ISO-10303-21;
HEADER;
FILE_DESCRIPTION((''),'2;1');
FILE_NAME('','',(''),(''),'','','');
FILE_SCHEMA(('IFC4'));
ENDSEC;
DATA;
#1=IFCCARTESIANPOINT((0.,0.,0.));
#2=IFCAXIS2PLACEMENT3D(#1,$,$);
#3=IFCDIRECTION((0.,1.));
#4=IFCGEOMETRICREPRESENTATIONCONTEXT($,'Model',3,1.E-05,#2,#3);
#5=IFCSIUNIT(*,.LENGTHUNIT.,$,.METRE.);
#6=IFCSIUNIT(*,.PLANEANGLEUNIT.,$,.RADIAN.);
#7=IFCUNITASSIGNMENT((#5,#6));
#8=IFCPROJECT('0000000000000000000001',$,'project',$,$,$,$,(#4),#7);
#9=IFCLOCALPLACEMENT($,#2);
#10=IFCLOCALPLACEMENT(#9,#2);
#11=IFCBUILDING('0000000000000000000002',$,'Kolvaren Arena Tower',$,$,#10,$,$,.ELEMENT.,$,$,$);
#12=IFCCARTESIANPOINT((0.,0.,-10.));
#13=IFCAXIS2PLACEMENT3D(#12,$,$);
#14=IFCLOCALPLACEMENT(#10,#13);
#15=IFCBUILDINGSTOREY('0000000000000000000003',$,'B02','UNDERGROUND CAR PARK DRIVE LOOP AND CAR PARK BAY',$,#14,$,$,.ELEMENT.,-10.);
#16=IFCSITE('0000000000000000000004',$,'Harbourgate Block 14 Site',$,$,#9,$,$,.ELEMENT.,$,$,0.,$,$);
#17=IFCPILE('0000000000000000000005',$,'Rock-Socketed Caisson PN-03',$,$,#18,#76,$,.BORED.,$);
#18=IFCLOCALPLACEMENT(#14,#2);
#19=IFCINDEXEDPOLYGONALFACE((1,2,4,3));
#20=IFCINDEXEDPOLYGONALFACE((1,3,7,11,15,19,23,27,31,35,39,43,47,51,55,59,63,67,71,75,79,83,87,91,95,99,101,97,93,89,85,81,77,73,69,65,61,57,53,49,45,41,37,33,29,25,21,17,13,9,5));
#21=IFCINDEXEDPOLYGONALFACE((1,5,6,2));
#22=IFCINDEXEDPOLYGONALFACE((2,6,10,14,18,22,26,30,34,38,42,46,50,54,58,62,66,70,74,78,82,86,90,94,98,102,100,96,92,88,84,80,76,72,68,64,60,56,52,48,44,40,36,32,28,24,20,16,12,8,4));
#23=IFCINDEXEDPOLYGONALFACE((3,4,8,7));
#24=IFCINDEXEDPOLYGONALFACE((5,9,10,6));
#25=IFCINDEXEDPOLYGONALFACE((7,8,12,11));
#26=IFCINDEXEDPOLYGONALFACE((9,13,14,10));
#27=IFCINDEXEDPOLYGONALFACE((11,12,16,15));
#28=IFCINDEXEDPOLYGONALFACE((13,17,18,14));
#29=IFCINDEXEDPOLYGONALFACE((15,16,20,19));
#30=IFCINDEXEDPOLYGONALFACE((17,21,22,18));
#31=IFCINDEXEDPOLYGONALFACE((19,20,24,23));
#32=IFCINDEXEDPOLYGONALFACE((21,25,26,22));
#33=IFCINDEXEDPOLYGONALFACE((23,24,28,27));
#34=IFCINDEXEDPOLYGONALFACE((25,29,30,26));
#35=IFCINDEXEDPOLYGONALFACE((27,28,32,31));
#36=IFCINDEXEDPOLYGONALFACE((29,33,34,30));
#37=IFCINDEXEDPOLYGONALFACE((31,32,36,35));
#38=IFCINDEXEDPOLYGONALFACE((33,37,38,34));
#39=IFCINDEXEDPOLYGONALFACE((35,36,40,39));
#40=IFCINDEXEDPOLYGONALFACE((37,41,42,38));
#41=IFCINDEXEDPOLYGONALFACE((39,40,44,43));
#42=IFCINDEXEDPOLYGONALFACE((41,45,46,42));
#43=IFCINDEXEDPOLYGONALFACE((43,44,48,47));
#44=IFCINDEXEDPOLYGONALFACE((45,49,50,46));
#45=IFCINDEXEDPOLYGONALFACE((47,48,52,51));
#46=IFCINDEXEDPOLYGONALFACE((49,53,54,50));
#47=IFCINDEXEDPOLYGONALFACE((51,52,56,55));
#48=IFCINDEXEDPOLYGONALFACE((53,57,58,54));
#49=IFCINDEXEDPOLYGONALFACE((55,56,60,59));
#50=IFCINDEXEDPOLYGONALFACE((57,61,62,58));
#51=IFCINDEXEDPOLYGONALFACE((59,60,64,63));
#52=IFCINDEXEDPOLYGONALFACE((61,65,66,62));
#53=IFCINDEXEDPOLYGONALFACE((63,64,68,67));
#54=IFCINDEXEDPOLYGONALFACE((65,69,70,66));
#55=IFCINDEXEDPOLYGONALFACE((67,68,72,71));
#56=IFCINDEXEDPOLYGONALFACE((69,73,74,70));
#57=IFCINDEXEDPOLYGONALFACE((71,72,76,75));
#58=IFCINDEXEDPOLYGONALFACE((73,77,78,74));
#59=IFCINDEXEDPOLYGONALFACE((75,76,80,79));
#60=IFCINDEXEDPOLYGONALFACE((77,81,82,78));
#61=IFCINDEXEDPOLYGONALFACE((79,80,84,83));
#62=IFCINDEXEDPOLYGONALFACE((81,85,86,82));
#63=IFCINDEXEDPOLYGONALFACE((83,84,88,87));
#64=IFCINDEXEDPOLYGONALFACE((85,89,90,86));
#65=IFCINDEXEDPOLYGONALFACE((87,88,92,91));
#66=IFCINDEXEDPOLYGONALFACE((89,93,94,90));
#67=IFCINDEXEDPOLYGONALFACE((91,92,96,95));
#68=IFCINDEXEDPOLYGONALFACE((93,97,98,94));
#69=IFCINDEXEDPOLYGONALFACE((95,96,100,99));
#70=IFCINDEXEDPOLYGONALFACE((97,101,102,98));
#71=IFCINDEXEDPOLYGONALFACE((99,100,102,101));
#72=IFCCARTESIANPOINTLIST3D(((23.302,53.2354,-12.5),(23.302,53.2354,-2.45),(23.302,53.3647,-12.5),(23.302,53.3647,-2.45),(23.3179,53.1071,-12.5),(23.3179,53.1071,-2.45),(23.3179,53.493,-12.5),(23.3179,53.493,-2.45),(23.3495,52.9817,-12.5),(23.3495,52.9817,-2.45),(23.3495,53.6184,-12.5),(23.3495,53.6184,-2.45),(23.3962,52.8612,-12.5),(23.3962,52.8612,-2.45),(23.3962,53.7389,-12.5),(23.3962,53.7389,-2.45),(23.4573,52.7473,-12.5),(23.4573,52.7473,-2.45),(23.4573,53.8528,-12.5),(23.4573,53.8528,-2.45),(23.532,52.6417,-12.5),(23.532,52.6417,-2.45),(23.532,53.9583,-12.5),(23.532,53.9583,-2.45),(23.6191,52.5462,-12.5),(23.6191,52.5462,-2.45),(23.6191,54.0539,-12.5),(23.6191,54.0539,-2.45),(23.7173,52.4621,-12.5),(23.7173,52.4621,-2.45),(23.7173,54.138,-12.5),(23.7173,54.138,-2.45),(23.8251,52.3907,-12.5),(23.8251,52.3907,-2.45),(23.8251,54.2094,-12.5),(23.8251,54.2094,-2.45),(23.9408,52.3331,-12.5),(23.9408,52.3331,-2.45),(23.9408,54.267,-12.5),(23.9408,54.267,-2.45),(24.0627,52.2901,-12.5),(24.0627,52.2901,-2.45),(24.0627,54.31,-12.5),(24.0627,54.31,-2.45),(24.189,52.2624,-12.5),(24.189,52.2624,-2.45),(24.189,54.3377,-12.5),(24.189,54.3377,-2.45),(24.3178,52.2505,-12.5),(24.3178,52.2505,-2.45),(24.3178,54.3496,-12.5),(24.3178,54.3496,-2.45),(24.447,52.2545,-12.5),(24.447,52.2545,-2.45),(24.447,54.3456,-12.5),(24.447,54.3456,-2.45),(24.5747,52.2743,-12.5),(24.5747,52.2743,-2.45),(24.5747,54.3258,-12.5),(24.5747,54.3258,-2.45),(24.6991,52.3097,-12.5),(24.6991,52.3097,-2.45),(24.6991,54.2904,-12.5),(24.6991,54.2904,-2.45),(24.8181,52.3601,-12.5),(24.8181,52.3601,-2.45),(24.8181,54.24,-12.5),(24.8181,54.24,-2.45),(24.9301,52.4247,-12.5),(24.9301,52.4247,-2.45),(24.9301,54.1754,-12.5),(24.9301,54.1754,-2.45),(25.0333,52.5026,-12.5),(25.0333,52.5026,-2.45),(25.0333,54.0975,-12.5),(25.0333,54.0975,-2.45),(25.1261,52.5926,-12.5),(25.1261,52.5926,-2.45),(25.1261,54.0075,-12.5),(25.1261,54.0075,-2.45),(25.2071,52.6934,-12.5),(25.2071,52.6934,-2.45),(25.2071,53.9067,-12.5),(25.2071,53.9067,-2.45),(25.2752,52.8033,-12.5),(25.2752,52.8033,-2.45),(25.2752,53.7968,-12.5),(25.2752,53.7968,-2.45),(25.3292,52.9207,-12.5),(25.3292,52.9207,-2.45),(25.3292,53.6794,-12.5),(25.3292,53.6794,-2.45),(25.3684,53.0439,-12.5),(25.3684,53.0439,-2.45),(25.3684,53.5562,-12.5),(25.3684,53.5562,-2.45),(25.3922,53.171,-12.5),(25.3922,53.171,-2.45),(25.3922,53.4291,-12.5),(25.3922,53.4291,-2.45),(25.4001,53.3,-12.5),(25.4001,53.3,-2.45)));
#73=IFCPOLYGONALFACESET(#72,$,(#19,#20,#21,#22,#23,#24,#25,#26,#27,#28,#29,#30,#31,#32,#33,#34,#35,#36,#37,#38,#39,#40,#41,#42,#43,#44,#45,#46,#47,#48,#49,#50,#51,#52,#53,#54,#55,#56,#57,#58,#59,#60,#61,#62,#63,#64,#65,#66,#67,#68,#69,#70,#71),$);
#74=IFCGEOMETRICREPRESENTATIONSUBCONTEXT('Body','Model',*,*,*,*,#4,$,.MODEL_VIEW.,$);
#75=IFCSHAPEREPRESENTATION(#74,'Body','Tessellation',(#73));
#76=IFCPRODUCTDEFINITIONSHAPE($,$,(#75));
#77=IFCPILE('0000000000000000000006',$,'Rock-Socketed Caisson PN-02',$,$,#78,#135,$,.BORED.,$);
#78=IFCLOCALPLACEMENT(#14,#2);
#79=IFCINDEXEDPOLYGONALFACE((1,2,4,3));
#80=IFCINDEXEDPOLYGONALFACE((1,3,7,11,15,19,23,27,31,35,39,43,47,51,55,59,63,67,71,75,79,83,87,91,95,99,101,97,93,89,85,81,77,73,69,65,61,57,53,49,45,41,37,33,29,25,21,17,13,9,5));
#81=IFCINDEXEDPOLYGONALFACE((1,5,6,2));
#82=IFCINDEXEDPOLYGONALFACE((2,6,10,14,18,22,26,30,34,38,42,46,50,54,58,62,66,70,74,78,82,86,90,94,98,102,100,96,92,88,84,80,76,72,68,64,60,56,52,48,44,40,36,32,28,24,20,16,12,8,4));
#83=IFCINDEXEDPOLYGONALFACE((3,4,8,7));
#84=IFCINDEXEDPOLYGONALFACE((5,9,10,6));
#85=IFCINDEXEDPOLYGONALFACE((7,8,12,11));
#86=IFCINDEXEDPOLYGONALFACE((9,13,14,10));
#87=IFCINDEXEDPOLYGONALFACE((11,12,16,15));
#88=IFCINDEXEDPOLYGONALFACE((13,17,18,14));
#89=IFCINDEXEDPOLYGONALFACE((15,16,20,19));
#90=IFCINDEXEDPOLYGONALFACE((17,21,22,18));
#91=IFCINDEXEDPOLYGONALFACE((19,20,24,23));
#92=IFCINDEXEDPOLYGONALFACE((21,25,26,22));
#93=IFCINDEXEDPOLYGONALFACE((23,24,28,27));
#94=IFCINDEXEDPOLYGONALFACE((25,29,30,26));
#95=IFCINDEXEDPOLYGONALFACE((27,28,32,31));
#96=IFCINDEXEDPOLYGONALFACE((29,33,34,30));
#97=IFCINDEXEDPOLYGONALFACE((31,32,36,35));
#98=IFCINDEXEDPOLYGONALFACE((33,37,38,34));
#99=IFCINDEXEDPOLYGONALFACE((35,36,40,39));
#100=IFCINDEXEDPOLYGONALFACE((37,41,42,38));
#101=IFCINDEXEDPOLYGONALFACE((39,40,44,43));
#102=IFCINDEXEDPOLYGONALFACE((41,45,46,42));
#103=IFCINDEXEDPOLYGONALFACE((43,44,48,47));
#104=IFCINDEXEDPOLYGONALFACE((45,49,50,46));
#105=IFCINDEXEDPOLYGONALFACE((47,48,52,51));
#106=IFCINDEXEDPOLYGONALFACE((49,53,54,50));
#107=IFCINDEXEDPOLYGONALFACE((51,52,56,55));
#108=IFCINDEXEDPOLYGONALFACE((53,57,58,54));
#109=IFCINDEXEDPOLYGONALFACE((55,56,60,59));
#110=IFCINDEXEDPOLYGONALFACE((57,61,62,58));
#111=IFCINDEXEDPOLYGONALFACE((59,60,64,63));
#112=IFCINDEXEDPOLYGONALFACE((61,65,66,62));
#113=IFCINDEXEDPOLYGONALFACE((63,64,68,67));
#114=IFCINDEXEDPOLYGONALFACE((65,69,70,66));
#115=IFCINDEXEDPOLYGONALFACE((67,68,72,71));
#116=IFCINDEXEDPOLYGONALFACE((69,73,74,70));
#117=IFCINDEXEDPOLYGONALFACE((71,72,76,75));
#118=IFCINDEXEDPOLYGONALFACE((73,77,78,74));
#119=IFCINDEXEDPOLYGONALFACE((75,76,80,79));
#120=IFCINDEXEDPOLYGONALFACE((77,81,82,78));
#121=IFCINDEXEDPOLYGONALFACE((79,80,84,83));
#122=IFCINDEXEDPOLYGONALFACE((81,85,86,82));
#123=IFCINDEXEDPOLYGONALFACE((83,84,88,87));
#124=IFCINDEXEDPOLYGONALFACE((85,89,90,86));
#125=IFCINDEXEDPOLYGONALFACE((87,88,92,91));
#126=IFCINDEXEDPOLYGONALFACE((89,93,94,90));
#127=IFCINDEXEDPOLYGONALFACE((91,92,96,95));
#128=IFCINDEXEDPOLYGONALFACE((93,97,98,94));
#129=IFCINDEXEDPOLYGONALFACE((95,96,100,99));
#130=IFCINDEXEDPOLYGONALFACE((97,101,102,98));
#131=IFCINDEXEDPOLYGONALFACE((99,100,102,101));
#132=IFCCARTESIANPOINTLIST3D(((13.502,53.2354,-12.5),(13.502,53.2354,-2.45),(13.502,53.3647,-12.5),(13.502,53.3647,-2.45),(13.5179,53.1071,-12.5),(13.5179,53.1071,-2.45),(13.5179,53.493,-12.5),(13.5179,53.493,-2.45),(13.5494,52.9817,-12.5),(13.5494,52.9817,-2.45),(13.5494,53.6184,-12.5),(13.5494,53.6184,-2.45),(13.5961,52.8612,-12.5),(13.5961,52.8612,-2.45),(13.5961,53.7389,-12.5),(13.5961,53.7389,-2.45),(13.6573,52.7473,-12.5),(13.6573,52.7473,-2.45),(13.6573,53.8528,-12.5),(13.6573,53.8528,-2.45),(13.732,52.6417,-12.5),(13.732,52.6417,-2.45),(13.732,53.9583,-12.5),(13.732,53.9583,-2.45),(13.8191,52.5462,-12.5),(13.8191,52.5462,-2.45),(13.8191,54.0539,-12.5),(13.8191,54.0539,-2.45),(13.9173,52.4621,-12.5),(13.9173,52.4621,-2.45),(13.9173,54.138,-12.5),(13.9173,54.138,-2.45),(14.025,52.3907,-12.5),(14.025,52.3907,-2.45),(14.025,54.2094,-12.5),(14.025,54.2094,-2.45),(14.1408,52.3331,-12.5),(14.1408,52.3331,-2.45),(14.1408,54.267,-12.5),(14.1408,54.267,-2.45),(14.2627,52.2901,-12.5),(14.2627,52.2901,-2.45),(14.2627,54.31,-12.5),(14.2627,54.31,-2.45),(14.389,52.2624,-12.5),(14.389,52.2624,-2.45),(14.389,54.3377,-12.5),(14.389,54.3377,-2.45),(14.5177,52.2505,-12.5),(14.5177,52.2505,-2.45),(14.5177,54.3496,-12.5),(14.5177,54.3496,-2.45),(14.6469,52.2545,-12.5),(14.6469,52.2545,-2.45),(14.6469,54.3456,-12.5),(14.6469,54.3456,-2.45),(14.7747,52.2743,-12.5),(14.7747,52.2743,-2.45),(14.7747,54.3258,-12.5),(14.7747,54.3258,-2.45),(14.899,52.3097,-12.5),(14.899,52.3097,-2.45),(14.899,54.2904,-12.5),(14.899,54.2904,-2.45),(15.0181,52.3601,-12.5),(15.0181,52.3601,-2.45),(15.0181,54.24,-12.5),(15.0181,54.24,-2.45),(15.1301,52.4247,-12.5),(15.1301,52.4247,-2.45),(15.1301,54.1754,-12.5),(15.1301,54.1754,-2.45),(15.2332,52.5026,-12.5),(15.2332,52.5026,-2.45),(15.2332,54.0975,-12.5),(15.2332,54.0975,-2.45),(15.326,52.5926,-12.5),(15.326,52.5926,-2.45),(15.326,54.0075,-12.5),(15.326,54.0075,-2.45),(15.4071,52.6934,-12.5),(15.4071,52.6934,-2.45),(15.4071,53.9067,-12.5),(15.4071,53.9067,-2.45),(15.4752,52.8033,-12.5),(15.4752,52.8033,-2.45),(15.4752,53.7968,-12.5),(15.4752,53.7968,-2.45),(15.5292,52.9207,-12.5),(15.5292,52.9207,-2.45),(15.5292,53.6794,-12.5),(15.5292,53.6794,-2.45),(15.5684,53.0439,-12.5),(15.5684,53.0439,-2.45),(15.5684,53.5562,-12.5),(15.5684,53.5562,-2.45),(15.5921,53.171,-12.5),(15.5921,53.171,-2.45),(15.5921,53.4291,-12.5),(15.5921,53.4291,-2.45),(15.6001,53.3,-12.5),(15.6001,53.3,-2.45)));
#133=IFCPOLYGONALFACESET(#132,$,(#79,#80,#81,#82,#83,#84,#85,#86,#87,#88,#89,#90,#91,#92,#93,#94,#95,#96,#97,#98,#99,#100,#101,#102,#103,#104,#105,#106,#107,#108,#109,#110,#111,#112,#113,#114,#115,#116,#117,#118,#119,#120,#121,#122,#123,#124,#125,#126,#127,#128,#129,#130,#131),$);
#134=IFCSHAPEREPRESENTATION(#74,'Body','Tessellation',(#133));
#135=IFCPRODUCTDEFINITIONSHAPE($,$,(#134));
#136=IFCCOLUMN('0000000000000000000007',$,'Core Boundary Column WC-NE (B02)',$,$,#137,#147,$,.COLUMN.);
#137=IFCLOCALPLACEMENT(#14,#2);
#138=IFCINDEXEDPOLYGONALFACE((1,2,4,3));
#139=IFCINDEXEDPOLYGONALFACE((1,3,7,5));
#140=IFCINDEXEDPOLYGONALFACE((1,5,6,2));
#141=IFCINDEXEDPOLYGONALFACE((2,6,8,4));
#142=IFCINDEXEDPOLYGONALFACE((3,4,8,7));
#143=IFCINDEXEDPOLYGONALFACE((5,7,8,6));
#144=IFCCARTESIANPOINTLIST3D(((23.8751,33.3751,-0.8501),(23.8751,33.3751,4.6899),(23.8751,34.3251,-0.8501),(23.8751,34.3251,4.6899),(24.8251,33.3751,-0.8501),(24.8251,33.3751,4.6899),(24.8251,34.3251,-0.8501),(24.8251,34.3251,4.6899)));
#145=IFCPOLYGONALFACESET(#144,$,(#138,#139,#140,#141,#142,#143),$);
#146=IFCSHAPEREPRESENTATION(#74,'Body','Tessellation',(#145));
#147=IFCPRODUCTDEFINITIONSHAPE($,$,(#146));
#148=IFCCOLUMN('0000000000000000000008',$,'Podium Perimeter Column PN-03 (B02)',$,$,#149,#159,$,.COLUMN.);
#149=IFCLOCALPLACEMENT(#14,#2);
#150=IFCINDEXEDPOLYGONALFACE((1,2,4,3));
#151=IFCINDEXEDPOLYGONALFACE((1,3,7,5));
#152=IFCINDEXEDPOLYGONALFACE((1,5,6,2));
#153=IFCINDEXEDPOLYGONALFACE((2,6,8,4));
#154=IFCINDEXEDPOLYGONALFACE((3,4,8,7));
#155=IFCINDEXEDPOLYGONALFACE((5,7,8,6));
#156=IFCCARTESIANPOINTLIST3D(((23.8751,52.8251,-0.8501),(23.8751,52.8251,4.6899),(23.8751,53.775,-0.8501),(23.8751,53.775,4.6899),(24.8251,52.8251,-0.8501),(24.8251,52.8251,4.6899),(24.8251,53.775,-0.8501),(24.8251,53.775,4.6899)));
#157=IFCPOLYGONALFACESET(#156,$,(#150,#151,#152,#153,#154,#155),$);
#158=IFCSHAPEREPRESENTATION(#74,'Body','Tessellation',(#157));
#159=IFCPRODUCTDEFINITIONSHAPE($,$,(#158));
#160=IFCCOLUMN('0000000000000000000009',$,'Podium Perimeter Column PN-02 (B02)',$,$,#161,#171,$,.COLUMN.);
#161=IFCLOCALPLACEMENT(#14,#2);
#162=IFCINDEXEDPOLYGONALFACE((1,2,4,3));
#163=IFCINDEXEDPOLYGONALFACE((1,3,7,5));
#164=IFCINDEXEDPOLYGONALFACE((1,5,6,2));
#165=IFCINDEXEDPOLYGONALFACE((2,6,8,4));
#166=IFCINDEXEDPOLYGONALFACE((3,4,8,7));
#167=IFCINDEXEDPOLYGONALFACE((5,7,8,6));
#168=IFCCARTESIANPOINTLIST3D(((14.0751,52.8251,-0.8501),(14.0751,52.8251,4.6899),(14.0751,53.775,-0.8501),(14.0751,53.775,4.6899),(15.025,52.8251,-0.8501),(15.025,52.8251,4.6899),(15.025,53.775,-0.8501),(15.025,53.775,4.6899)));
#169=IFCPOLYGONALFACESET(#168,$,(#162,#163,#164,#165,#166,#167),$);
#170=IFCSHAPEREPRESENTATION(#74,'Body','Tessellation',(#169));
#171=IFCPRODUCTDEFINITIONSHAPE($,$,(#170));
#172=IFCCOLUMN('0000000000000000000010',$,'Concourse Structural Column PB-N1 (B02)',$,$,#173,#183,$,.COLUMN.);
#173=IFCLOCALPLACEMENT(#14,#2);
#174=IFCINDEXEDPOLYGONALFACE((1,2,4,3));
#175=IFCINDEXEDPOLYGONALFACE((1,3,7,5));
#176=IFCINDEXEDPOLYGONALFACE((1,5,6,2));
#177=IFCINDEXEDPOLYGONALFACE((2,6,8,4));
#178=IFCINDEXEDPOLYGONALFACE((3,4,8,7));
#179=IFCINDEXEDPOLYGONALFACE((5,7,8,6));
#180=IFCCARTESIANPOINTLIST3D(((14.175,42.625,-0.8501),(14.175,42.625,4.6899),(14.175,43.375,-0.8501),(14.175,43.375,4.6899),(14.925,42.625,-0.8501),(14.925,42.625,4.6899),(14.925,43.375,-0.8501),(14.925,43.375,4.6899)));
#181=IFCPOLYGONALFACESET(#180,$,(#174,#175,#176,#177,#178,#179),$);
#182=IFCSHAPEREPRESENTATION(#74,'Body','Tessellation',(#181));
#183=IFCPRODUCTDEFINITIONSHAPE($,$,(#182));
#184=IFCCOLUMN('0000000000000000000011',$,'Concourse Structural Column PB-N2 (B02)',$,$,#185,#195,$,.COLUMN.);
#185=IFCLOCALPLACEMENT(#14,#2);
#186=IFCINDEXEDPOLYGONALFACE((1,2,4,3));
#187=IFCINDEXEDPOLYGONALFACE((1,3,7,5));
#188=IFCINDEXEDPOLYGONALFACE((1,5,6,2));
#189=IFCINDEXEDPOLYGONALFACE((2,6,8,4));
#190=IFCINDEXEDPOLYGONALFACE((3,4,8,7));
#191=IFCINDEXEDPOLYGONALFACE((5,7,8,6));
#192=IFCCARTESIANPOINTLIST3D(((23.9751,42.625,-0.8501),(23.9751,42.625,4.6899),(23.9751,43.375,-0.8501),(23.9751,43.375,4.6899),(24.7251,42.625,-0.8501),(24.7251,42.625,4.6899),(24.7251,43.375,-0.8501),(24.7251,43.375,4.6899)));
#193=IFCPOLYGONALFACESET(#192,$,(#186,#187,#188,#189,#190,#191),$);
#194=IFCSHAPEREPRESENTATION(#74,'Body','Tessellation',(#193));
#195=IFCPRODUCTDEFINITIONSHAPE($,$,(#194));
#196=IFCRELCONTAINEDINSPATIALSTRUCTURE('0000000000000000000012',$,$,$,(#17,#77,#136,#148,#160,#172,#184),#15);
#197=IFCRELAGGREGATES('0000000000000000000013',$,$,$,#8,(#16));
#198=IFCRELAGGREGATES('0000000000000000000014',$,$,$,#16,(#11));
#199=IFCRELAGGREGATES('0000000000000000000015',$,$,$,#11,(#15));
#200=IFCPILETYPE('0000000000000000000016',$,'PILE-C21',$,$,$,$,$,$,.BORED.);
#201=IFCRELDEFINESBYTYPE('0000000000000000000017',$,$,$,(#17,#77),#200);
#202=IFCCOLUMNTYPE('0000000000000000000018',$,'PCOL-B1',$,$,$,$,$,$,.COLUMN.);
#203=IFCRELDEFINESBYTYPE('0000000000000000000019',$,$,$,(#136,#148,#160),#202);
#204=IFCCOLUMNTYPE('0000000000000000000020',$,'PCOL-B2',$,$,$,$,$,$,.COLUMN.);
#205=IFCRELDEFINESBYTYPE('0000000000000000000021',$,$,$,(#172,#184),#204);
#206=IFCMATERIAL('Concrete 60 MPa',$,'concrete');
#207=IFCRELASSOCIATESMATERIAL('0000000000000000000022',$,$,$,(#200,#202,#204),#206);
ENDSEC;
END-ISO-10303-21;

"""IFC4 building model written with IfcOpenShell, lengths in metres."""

from ifc_helpers import new_model, si_unit, direction, frame, origin, origin_2d, place, context, subcontext, project, spatial, rectangle, circle, extrude, material, material_profile, profile_set, type_object, element, save


model = new_model("IFC4")

# Units and contexts
model_context = context("Model", 3, precision=1e-05, world=origin(), true_north=direction((0.0, 1.0)))
body_context = subcontext(model_context, "Body", "Model", "MODEL_VIEW")
ifc_project = project(units=[si_unit("LENGTHUNIT", "METRE"), si_unit("PLANEANGLEUNIT", "RADIAN")], contexts=[model_context])

# Site, building, storey
site_placement = place(None, origin())
site = spatial("IfcSite", under=ifc_project, at=site_placement, Name="Harbourgate Block 14 Site", CompositionType="ELEMENT", RefElevation=0.0)
building_placement = place(site_placement, origin())
building = spatial("IfcBuilding", under=site, at=building_placement, Name="Kolvaren Arena Tower", CompositionType="ELEMENT")
storey_placement = place(building_placement, frame((0.0, 0.0, -10.0)))
storey = spatial("IfcBuildingStorey", under=building, at=storey_placement, Name="B02", Description="UNDERGROUND CAR PARK DRIVE LOOP AND CAR PARK BAY", CompositionType="ELEMENT", Elevation=-10.0)

# Piles
ifc_material_1 = material(Name="Concrete 60 MPa", Category="concrete")
ifc_material_profile_1 = material_profile(ifc_material_1, circle(Radius=1.05, at=origin_2d()), Name="CAISSON-D2100")
ifc_profile_set_1 = profile_set([ifc_material_profile_1], Name="Concrete 60 MPa")
pile_type_1 = type_object("IfcPileType", Name="PILE-C21", PredefinedType="BORED", material=ifc_profile_set_1)
for number, where, z_axis, x_axis, name in (
    (1, (24.3501, 53.3, -2.45), (0.0, 0.0, -1.0), (1.0, 0.0, 0.0), "Rock-Socketed Caisson PN-03"),
    (2, (14.55, 53.3, -2.45), (0.0, 0.0, -1.0), (1.0, 0.0, 0.0), "Rock-Socketed Caisson PN-02"),
):
    element("IfcPile", number, at=place(storey_placement, frame(where, z_axis=z_axis, x_axis=x_axis)), inside=storey, type_object=pile_type_1, Name=name, PredefinedType="BORED", context=body_context, shape_type="SweptSolid", body=[
        extrude(circle(Radius=1.05, at=origin_2d()), origin(), (0.0, 0.0, 1.0), 10.05),
    ])

# Columns
ifc_material_profile_2 = material_profile(ifc_material_1, rectangle(XDim=0.95, YDim=0.95, at=origin_2d()), Name="RC-950x950")
ifc_profile_set_2 = profile_set([ifc_material_profile_2], Name="Concrete 60 MPa")
column_type_1 = type_object("IfcColumnType", Name="PCOL-B1", PredefinedType="COLUMN", material=ifc_profile_set_2)
for number, where, z_axis, x_axis, name in (
    (3, (24.3501, 33.8501, -0.8501), (0.0, 0.0, 1.0), (1.0, 0.0, 0.0), "Core Boundary Column WC-NE (B02)"),
    (4, (24.3501, 53.3, -0.8501), (0.0, 0.0, 1.0), (1.0, 0.0, 0.0), "Podium Perimeter Column PN-03 (B02)"),
    (5, (14.55, 53.3, -0.8501), (0.0, 0.0, 1.0), (1.0, 0.0, 0.0), "Podium Perimeter Column PN-02 (B02)"),
):
    element("IfcColumn", number, at=place(storey_placement, frame(where, z_axis=z_axis, x_axis=x_axis)), inside=storey, type_object=column_type_1, Name=name, PredefinedType="COLUMN", context=body_context, shape_type="SweptSolid", body=[
        extrude(rectangle(XDim=0.95, YDim=0.95, at=origin_2d()), origin(), (0.0, 0.0, 1.0), 5.54),
    ])
ifc_material_profile_3 = material_profile(ifc_material_1, rectangle(XDim=0.75, YDim=0.75, at=origin_2d()), Name="RC-750x750")
ifc_profile_set_3 = profile_set([ifc_material_profile_3], Name="Concrete 60 MPa")
column_type_2 = type_object("IfcColumnType", Name="PCOL-B2", PredefinedType="COLUMN", material=ifc_profile_set_3)
for number, where, z_axis, x_axis, name in (
    (6, (14.55, 43.0, -0.8501), (0.0, 0.0, 1.0), (1.0, 0.0, 0.0), "Concourse Structural Column PB-N1 (B02)"),
    (7, (24.3501, 43.0, -0.8501), (0.0, 0.0, 1.0), (1.0, 0.0, 0.0), "Concourse Structural Column PB-N2 (B02)"),
):
    element("IfcColumn", number, at=place(storey_placement, frame(where, z_axis=z_axis, x_axis=x_axis)), inside=storey, type_object=column_type_2, Name=name, PredefinedType="COLUMN", context=body_context, shape_type="SweptSolid", body=[
        extrude(rectangle(XDim=0.75, YDim=0.75, at=origin_2d()), origin(), (0.0, 0.0, 1.0), 5.54),
    ])

save(model, "model.ifc")
